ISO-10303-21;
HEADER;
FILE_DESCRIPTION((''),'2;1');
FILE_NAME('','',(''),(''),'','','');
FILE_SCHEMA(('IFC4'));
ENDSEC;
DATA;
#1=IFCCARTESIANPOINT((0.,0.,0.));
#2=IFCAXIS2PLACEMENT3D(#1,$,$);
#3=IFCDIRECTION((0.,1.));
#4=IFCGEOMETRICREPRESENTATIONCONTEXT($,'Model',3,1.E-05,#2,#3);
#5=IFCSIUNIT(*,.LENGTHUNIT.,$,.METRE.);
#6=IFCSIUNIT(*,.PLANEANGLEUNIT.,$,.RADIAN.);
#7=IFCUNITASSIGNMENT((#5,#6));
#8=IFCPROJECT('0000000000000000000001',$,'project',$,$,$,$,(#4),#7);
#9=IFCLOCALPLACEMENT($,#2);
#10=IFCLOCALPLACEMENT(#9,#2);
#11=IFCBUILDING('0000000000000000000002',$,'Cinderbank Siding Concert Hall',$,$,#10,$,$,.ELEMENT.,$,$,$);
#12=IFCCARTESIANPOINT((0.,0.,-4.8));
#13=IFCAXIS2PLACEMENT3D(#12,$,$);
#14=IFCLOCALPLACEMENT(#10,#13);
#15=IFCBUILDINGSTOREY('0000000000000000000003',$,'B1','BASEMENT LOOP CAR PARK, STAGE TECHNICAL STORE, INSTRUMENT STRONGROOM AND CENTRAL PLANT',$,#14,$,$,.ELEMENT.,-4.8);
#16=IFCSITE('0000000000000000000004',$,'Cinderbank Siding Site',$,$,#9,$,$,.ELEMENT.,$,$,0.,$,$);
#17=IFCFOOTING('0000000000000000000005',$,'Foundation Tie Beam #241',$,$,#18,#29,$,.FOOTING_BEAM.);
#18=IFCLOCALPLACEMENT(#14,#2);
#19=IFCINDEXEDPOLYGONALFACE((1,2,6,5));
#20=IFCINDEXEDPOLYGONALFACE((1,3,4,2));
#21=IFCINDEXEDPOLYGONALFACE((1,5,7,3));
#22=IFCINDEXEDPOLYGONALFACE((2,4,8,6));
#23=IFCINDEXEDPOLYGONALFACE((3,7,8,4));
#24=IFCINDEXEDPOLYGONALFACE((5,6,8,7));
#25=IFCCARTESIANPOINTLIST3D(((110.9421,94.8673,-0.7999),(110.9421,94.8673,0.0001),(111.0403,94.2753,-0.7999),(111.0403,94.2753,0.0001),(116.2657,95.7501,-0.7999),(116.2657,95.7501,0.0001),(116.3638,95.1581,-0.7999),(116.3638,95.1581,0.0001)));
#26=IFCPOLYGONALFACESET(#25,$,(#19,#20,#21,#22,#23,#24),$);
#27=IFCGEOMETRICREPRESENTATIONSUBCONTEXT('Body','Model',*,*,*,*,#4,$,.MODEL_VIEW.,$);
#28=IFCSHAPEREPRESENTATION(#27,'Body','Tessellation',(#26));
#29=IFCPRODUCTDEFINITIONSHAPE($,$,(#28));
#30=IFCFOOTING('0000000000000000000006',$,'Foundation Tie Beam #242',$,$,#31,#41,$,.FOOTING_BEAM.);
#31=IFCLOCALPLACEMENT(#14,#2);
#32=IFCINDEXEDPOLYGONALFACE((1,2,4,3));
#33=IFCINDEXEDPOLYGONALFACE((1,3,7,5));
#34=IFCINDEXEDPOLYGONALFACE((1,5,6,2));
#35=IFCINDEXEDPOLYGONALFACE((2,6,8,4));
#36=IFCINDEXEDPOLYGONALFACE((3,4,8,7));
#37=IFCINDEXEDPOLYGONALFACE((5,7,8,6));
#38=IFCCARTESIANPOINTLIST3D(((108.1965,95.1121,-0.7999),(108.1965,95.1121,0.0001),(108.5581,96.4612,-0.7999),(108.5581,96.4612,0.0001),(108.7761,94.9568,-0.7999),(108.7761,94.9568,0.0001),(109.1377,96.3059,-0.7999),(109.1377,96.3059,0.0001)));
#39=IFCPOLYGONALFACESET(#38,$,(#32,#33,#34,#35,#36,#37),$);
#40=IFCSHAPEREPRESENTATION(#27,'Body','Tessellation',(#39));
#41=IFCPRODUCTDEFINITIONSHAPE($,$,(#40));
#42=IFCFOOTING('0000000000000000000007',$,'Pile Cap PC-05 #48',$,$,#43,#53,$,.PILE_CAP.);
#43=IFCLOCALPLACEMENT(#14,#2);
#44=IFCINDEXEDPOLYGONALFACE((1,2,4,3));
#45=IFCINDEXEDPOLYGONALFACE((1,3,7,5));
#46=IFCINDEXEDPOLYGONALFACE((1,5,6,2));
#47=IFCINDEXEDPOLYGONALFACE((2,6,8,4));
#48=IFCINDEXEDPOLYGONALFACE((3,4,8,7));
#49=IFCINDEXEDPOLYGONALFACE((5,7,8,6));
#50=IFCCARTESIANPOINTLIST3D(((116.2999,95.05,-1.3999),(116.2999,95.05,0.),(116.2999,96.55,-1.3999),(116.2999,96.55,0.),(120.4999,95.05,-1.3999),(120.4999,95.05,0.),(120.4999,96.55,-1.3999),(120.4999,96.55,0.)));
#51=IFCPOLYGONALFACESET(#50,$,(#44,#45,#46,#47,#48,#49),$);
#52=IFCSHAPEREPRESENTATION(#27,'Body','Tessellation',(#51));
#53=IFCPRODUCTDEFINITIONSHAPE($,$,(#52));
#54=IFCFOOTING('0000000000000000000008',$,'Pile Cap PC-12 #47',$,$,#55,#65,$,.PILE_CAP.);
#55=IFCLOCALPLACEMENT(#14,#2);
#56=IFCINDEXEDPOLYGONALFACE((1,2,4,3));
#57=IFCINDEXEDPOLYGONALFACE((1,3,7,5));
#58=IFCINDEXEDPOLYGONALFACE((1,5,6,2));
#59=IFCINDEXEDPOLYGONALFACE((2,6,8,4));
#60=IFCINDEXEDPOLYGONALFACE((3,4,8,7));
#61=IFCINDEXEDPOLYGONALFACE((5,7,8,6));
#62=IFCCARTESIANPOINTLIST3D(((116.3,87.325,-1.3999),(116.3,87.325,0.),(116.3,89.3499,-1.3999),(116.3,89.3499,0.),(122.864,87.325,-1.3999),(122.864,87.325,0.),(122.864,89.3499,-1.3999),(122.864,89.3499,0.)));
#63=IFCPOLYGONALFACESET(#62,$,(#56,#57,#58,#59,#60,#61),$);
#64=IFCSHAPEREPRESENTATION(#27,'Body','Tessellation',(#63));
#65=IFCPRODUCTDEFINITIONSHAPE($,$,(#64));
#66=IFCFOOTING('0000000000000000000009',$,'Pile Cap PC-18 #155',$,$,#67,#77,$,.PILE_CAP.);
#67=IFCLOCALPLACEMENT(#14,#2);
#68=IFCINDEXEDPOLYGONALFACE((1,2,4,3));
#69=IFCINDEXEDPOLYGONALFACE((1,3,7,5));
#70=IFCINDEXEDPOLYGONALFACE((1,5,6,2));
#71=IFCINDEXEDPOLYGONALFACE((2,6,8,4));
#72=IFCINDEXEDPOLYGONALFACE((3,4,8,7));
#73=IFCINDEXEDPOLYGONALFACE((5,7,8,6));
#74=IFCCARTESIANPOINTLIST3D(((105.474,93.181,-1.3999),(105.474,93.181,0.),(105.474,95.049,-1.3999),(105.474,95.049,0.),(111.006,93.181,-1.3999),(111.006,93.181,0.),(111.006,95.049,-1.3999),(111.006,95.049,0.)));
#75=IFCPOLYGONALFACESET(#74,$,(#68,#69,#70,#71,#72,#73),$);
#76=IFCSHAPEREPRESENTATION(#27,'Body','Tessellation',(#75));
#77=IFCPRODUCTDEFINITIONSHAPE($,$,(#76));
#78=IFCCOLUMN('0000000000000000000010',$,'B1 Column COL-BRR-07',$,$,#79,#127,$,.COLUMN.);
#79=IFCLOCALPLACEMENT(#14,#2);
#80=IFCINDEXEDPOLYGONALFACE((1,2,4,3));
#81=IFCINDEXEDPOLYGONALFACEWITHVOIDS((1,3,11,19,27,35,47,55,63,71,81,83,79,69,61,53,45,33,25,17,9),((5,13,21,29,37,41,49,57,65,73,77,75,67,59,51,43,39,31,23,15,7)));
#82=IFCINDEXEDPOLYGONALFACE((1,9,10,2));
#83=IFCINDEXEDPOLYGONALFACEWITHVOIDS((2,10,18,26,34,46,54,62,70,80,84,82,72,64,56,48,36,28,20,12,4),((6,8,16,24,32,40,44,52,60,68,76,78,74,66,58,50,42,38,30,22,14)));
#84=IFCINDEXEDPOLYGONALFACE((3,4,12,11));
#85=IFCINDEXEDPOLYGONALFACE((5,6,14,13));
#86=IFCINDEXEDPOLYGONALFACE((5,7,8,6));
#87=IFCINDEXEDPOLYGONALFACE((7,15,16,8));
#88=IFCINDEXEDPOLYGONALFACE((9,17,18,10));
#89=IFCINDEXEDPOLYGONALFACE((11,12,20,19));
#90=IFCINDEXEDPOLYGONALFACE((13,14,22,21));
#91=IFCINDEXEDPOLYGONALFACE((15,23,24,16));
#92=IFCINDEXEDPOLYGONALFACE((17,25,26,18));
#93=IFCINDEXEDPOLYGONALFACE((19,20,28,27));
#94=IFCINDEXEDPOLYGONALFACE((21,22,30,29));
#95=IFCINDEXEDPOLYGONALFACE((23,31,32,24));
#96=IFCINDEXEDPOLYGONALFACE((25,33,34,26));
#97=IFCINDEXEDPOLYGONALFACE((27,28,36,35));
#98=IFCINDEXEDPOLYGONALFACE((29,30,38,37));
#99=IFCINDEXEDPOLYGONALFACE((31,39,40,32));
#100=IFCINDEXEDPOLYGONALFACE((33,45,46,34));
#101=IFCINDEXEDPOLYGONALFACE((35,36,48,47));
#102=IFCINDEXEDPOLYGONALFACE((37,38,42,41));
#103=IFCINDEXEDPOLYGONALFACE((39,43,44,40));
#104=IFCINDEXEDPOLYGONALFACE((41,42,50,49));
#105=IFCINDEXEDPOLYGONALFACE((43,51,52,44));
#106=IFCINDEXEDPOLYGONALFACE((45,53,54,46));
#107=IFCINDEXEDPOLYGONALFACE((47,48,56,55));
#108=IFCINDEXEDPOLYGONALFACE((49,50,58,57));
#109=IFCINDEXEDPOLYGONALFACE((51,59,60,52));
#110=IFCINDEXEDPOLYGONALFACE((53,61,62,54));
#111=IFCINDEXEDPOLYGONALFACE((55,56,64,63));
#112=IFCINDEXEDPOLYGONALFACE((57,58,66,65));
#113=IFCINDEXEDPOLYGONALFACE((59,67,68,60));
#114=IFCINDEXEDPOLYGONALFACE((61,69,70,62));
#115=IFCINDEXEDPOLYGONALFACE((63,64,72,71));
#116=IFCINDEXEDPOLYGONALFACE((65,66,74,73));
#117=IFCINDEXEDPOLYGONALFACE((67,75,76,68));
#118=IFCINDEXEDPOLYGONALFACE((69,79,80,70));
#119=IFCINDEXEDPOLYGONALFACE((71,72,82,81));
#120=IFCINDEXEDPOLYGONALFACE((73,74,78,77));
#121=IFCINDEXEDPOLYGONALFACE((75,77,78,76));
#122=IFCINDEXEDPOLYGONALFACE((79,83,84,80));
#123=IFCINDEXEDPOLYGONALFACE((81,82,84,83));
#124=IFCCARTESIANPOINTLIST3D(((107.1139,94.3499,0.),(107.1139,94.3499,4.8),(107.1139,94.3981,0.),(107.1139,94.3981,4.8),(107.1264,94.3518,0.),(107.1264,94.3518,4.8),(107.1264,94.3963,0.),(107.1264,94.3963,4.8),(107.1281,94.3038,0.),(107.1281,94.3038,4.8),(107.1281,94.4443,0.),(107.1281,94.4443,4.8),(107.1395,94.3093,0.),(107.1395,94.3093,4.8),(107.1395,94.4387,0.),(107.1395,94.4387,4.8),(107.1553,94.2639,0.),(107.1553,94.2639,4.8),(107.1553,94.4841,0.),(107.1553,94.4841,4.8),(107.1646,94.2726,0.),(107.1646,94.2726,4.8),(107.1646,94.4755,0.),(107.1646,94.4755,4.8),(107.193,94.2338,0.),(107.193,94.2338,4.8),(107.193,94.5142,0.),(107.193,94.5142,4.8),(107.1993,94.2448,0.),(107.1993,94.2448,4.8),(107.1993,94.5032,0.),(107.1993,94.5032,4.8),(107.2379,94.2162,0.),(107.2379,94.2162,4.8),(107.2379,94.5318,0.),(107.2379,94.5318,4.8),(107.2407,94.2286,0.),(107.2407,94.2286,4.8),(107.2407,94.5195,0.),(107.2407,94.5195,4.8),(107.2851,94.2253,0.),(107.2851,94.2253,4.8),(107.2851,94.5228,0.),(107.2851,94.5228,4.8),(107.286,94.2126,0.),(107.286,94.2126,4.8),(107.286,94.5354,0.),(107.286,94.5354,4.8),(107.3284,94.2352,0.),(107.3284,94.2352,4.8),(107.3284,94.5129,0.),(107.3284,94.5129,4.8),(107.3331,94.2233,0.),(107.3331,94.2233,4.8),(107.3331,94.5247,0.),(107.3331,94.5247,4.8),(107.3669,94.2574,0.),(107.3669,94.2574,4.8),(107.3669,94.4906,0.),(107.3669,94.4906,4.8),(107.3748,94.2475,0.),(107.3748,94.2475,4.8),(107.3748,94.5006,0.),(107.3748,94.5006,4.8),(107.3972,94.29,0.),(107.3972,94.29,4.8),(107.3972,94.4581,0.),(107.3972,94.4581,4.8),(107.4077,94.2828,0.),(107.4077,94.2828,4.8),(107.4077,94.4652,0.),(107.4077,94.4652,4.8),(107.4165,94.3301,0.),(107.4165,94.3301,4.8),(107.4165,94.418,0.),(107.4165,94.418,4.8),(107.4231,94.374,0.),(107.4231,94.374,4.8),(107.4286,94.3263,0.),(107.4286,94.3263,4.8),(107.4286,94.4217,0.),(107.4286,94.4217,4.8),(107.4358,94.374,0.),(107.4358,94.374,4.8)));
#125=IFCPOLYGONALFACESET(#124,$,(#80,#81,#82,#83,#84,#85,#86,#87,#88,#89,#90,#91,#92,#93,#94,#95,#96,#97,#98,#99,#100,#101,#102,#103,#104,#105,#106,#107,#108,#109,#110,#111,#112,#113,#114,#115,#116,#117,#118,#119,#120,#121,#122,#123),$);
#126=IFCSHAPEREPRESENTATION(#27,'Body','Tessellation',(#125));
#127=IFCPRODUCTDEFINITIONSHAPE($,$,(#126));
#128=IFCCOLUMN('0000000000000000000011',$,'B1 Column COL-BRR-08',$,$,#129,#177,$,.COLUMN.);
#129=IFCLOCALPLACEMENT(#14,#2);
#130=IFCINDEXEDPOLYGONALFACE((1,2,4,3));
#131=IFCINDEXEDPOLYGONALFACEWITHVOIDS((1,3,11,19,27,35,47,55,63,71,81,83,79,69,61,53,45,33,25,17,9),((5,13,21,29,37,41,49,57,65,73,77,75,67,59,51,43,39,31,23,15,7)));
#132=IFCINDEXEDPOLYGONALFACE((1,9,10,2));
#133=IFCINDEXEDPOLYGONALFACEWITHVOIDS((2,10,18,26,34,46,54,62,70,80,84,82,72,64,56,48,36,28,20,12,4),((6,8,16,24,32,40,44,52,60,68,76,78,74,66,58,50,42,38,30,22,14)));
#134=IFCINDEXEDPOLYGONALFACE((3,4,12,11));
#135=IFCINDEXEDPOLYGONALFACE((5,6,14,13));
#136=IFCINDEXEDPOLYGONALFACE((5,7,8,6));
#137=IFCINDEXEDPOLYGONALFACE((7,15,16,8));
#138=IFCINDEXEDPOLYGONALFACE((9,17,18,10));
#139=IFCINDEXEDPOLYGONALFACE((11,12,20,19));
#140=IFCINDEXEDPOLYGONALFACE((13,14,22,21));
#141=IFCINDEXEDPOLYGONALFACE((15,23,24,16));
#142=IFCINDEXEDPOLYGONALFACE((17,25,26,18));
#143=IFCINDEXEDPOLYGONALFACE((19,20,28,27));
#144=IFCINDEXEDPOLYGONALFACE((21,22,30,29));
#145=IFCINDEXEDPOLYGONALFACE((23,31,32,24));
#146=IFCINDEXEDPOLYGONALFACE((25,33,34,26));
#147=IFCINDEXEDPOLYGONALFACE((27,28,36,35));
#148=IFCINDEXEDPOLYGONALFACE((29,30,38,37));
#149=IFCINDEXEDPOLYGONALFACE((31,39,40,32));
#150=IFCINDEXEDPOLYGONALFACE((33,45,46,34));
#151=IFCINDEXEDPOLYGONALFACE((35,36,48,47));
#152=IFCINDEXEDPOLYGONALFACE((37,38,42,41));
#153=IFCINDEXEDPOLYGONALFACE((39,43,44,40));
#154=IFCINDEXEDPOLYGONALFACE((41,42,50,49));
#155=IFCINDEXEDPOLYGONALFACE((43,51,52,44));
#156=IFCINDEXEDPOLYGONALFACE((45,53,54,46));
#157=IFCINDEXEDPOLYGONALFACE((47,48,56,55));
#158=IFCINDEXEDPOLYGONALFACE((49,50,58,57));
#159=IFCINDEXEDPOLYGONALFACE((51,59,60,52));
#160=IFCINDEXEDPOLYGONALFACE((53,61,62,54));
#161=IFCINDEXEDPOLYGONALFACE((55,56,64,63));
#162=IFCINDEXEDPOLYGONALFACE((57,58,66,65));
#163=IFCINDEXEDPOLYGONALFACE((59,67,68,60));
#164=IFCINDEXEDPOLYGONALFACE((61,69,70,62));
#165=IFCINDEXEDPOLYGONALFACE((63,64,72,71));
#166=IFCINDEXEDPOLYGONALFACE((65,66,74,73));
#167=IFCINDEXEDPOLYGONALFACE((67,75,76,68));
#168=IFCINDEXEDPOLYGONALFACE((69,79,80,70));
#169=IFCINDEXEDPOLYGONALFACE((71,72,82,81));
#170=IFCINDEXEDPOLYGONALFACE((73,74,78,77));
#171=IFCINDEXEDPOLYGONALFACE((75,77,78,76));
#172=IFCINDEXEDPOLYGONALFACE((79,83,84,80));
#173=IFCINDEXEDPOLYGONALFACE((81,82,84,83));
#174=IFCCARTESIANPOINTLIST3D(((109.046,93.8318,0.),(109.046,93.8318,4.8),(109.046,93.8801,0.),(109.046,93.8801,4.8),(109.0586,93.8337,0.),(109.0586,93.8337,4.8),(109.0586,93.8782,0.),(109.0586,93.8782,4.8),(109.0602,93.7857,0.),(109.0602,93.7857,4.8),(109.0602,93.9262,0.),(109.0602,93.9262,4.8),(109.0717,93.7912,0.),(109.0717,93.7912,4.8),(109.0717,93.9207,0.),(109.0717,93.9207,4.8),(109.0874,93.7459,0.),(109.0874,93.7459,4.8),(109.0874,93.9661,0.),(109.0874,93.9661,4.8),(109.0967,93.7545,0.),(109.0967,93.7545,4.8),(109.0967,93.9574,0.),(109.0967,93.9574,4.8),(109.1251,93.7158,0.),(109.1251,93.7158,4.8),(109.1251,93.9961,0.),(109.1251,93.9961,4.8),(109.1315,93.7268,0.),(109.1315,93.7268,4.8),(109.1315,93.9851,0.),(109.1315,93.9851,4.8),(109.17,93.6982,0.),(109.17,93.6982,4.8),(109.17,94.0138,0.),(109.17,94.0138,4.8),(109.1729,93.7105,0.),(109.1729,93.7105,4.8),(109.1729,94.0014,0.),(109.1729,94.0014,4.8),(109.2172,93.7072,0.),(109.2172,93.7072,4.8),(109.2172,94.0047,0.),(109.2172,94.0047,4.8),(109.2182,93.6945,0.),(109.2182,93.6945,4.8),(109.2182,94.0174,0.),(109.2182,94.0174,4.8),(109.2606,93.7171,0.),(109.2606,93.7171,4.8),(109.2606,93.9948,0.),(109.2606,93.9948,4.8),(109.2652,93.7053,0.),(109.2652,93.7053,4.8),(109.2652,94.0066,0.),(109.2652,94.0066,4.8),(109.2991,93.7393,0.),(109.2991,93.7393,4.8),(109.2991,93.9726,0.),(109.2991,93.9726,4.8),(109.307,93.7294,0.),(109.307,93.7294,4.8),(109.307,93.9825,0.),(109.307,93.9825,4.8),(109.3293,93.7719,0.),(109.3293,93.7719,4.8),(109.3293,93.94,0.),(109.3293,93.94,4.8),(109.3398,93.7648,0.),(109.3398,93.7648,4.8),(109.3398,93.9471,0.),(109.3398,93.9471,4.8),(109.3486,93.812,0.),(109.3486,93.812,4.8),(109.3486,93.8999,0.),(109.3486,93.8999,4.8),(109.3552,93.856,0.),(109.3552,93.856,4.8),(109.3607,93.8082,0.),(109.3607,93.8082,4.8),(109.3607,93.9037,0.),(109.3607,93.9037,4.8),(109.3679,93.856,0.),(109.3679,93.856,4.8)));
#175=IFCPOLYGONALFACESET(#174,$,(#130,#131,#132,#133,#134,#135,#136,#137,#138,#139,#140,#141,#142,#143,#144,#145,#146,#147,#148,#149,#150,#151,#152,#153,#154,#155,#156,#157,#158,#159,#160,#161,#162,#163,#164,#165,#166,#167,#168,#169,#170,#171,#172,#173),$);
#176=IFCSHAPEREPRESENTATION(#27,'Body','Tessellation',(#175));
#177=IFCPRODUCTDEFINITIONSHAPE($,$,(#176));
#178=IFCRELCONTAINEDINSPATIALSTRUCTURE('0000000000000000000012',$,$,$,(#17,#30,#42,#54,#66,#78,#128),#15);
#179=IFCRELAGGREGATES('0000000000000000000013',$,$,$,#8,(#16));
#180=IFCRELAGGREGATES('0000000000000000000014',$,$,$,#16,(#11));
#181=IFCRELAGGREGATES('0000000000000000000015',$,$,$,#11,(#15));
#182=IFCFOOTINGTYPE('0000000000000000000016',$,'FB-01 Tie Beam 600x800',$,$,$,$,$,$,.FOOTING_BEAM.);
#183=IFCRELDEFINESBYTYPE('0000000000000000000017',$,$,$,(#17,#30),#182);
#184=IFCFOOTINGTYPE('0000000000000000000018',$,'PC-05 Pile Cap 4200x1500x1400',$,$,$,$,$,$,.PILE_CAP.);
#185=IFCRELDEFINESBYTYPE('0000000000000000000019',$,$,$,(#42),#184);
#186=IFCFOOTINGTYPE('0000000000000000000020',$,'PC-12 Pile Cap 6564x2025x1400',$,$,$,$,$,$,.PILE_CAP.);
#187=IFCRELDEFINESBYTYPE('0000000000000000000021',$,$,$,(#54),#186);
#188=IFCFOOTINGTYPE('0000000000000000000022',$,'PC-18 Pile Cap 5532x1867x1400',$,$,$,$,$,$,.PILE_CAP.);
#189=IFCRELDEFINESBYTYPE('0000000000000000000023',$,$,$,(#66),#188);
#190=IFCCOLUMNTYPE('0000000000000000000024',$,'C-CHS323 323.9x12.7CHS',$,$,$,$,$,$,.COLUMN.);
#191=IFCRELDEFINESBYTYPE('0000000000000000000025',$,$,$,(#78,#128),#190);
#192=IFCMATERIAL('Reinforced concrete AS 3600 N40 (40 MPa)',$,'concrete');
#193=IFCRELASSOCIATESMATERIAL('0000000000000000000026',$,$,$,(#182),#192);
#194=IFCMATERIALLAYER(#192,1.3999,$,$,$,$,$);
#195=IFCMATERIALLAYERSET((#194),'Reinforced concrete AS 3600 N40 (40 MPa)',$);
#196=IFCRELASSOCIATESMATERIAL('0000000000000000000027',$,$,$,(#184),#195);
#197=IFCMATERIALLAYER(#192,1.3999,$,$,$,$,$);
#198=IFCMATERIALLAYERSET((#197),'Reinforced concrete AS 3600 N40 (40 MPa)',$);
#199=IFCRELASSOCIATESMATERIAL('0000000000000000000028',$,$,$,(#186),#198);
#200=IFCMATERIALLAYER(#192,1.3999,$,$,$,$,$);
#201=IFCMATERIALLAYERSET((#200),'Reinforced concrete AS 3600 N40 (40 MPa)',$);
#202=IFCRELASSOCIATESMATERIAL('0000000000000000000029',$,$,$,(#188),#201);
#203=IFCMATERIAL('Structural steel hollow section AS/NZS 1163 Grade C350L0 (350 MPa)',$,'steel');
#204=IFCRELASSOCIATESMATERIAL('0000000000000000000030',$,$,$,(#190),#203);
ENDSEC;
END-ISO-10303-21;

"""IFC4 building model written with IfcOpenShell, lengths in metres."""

from ifc_helpers import new_model, si_unit, direction, frame, origin, origin_2d, place, context, subcontext, project, spatial, rectangle, hollow_circle, extrude, material, layer, layer_set, material_profile, profile_set, type_object, element, save


model = new_model("IFC4")

# Units and contexts
model_context = context("Model", 3, precision=1e-05, world=origin(), true_north=direction((0.0, 1.0)))
body_context = subcontext(model_context, "Body", "Model", "MODEL_VIEW")
ifc_project = project(units=[si_unit("LENGTHUNIT", "METRE"), si_unit("PLANEANGLEUNIT", "RADIAN")], contexts=[model_context])

# Site, building, storey
site_placement = place(None, origin())
site = spatial("IfcSite", under=ifc_project, at=site_placement, Name="Cinderbank Siding Site", CompositionType="ELEMENT", RefElevation=0.0)
building_placement = place(site_placement, origin())
building = spatial("IfcBuilding", under=site, at=building_placement, Name="Cinderbank Siding Concert Hall", CompositionType="ELEMENT")
storey_placement = place(building_placement, frame((0.0, 0.0, -4.8)))
storey = spatial("IfcBuildingStorey", under=building, at=storey_placement, Name="B1", Description="BASEMENT LOOP CAR PARK, STAGE TECHNICAL STORE, INSTRUMENT STRONGROOM AND CENTRAL PLANT", CompositionType="ELEMENT", Elevation=-4.8)

# Shared definitions
ifc_material_1 = material(Name="Reinforced concrete AS 3600 N40 (40 MPa)", Category="concrete")

# Footings
ifc_material_profile_1 = material_profile(ifc_material_1, rectangle(XDim=0.6001, YDim=0.8, at=origin_2d()), Name="RC-FB-600x800", Category="LoadBearing")
ifc_profile_set_1 = profile_set([ifc_material_profile_1], Name="Reinforced concrete AS 3600 N40 (40 MPa)")
footing_type_1 = type_object("IfcFootingType", Name="FB-01 Tie Beam 600x800", PredefinedType="FOOTING_BEAM", material=ifc_profile_set_1)
footing_1_placement = place(storey_placement, frame((110.9912, 94.5713, -0.3999), z_axis=(0.986527, 0.163599, 0.0), x_axis=(-0.163599, 0.986527, 0.0)))
element("IfcFooting", 1, at=footing_1_placement, inside=storey, type_object=footing_type_1, Name="Foundation Tie Beam #241", PredefinedType="FOOTING_BEAM", context=body_context, shape_type="SweptSolid", body=[
    extrude(rectangle(XDim=0.6001, YDim=0.8, at=origin_2d()), origin(), (0.0, 0.0, 1.0), 5.3962),
])
footing_2_placement = place(storey_placement, frame((108.4863, 95.0344, -0.3999), z_axis=(0.25887, 0.965912, 0.0), x_axis=(-0.965912, 0.25887, 0.0)))
element("IfcFooting", 2, at=footing_2_placement, inside=storey, type_object=footing_type_1, Name="Foundation Tie Beam #242", PredefinedType="FOOTING_BEAM", context=body_context, shape_type="SweptSolid", body=[
    extrude(rectangle(XDim=0.6001, YDim=0.8, at=origin_2d()), origin(), (0.0, 0.0, 1.0), 1.3967),
])
ifc_layer_1 = layer(ifc_material_1, 1.3999)
ifc_layer_set_1 = layer_set([ifc_layer_1], Name="Reinforced concrete AS 3600 N40 (40 MPa)")
footing_type_2 = type_object("IfcFootingType", Name="PC-05 Pile Cap 4200x1500x1400", PredefinedType="PILE_CAP", material=ifc_layer_set_1)
footing_3_placement = place(storey_placement, frame((118.3999, 95.8, -1.3999), z_axis=(0.0, 0.0, 1.0), x_axis=(1.0, 0.0, 0.0)))
element("IfcFooting", 3, at=footing_3_placement, inside=storey, type_object=footing_type_2, Name="Pile Cap PC-05 #48", PredefinedType="PILE_CAP", context=body_context, shape_type="SweptSolid", body=[
    extrude(rectangle(XDim=4.2, YDim=1.5, at=origin_2d()), origin(), (0.0, 0.0, 1.0), 1.3999),
])
ifc_layer_2 = layer(ifc_material_1, 1.3999)
ifc_layer_set_2 = layer_set([ifc_layer_2], Name="Reinforced concrete AS 3600 N40 (40 MPa)")
footing_type_3 = type_object("IfcFootingType", Name="PC-12 Pile Cap 6564x2025x1400", PredefinedType="PILE_CAP", material=ifc_layer_set_2)
footing_4_placement = place(storey_placement, frame((119.582, 88.3374, -1.3999), z_axis=(0.0, 0.0, 1.0), x_axis=(1.0, 0.0, 0.0)))
element("IfcFooting", 4, at=footing_4_placement, inside=storey, type_object=footing_type_3, Name="Pile Cap PC-12 #47", PredefinedType="PILE_CAP", context=body_context, shape_type="SweptSolid", body=[
    extrude(rectangle(XDim=6.564, YDim=2.0249, at=origin_2d()), origin(), (0.0, 0.0, 1.0), 1.3999),
])
ifc_layer_3 = layer(ifc_material_1, 1.3999)
ifc_layer_set_3 = layer_set([ifc_layer_3], Name="Reinforced concrete AS 3600 N40 (40 MPa)")
footing_type_4 = type_object("IfcFootingType", Name="PC-18 Pile Cap 5532x1867x1400", PredefinedType="PILE_CAP", material=ifc_layer_set_3)
footing_5_placement = place(storey_placement, frame((108.24, 94.115, -1.3999), z_axis=(0.0, 0.0, 1.0), x_axis=(1.0, 0.0, 0.0)))
element("IfcFooting", 5, at=footing_5_placement, inside=storey, type_object=footing_type_4, Name="Pile Cap PC-18 #155", PredefinedType="PILE_CAP", context=body_context, shape_type="SweptSolid", body=[
    extrude(rectangle(XDim=5.532, YDim=1.8679, at=origin_2d()), origin(), (0.0, 0.0, 1.0), 1.3999),
])

# Columns
ifc_material_2 = material(Name="Structural steel hollow section AS/NZS 1163 Grade C350L0 (350 MPa)", Category="steel")
ifc_material_profile_2 = material_profile(ifc_material_2, hollow_circle(Radius=0.1619, WallThickness=0.0127, at=origin_2d()), Name="323.9x12.7CHS", Category="LoadBearing")
ifc_profile_set_2 = profile_set([ifc_material_profile_2], Name="Structural steel hollow section AS/NZS 1163 Grade C350L0 (350 MPa)")
column_type_1 = type_object("IfcColumnType", Name="C-CHS323 323.9x12.7CHS", PredefinedType="COLUMN", material=ifc_profile_set_2)
for number, where, z_axis, x_axis, name in (
    (6, (107.2739, 94.374, 0.0), (0.0, 0.0, 1.0), (1.0, 0.0, 0.0), "B1 Column COL-BRR-07"),
    (7, (109.2061, 93.856, 0.0), (0.0, 0.0, 1.0), (1.0, 0.0, 0.0), "B1 Column COL-BRR-08"),
):
    element("IfcColumn", number, at=place(storey_placement, frame(where, z_axis=z_axis, x_axis=x_axis)), inside=storey, type_object=column_type_1, Name=name, PredefinedType="COLUMN", context=body_context, shape_type="SweptSolid", body=[
        extrude(hollow_circle(Radius=0.1619, WallThickness=0.0127, at=origin_2d()), origin(), (0.0, 0.0, 1.0), 4.8),
    ])

save(model, "model.ifc")
